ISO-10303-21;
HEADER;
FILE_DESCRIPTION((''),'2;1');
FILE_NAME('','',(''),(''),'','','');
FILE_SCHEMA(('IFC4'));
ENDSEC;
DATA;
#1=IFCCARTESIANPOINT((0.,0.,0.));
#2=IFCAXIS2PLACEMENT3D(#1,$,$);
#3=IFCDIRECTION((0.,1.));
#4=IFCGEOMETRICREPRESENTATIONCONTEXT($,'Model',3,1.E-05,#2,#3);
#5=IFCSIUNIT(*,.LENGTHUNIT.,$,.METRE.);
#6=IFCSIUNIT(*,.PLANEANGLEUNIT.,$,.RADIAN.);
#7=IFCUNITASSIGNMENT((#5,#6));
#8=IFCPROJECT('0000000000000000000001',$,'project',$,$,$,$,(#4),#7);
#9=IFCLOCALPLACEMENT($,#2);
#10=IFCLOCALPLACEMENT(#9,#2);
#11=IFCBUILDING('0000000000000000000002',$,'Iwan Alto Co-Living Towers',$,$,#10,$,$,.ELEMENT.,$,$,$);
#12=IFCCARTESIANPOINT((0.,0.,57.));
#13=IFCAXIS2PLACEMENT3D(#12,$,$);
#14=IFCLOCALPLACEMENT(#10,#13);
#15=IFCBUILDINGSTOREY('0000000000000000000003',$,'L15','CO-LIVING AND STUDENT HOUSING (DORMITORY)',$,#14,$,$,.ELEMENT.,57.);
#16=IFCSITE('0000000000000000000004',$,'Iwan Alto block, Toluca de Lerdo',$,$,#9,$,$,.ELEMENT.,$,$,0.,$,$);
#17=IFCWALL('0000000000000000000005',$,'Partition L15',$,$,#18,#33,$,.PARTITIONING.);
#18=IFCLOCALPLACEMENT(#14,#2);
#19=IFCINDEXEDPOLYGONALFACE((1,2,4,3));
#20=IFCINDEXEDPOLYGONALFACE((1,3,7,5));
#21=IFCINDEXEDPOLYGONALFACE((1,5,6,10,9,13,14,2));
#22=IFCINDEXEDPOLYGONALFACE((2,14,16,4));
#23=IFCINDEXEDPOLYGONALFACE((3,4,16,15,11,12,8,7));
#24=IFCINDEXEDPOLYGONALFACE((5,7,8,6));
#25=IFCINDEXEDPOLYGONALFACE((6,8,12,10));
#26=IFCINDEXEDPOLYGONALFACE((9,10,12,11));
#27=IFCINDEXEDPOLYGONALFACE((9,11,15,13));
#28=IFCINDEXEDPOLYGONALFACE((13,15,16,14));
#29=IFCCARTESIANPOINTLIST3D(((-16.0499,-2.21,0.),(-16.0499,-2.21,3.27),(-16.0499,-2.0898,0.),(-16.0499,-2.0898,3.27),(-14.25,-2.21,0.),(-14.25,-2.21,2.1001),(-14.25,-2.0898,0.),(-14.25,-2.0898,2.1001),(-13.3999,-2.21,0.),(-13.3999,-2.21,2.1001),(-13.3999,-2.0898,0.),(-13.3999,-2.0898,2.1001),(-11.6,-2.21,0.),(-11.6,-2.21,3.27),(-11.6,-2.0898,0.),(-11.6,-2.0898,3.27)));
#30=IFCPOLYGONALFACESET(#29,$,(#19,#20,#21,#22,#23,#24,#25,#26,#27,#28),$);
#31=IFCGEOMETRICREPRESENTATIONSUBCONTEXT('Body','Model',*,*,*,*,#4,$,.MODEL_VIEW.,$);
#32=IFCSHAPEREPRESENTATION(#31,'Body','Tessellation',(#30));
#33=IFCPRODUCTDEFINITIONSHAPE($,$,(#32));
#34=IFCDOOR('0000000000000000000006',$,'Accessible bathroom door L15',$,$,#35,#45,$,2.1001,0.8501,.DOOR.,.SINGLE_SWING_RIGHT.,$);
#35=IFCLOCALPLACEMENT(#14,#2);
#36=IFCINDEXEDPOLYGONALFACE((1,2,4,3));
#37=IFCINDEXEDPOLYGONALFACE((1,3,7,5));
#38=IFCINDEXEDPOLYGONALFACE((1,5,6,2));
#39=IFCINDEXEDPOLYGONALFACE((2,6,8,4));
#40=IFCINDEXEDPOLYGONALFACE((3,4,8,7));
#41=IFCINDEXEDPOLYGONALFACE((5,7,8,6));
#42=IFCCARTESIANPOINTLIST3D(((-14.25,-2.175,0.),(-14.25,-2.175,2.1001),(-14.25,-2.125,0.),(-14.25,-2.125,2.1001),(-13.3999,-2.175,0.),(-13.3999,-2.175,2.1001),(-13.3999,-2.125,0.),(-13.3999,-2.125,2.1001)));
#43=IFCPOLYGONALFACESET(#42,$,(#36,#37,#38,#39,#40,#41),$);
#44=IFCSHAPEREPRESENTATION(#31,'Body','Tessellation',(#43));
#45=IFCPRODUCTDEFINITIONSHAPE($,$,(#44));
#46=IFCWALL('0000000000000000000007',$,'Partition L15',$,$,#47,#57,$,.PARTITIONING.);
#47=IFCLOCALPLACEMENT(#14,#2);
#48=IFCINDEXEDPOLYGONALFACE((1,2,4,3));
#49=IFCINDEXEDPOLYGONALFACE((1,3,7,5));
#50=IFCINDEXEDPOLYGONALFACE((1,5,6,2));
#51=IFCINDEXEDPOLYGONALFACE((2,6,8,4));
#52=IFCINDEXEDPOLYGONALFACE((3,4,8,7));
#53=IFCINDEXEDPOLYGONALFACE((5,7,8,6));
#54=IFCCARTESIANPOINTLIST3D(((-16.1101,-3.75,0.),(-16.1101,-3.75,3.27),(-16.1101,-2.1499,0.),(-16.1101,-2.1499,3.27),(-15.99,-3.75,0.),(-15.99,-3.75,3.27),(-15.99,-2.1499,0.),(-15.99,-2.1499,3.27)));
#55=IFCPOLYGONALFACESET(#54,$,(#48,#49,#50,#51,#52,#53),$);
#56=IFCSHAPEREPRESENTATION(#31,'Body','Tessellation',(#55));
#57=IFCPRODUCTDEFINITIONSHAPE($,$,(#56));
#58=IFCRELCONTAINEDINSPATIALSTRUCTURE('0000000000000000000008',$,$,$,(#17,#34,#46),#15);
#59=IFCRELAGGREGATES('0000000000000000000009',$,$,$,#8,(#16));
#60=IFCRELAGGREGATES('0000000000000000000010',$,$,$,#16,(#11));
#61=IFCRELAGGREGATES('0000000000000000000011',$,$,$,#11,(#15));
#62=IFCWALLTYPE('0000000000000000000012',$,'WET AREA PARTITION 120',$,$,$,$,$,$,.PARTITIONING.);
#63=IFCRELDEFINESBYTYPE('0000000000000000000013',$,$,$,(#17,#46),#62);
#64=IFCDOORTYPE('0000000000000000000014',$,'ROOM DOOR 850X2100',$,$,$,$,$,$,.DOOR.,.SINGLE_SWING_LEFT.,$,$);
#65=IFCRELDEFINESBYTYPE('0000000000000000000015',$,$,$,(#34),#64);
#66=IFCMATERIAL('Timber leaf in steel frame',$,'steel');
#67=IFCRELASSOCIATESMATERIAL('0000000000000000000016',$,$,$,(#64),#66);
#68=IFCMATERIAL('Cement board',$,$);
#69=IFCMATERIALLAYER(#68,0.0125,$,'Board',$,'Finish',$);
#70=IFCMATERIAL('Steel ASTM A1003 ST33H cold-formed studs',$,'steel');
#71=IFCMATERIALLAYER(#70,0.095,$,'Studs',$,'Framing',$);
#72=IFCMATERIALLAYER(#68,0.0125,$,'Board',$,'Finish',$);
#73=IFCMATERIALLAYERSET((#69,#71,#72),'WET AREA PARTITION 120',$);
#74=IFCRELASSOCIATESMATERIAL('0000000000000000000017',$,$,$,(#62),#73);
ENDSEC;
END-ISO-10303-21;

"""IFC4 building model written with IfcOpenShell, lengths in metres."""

from ifc_helpers import new_model, si_unit, direction, frame, frame_2d, origin, place, context, subcontext, project, spatial, rectangle, extrude, material, layer, layer_set, type_object, element, fill, save


model = new_model("IFC4")

# Units and contexts
model_context = context("Model", 3, precision=1e-05, world=origin(), true_north=direction((0.0, 1.0)))
body_context = subcontext(model_context, "Body", "Model", "MODEL_VIEW")
ifc_project = project(units=[si_unit("LENGTHUNIT", "METRE"), si_unit("PLANEANGLEUNIT", "RADIAN")], contexts=[model_context])

# Site, building, storey
site_placement = place(None, origin())
site = spatial("IfcSite", under=ifc_project, at=site_placement, Name="Iwan Alto block, Toluca de Lerdo", CompositionType="ELEMENT", RefElevation=0.0)
building_placement = place(site_placement, origin())
building = spatial("IfcBuilding", under=site, at=building_placement, Name="Iwan Alto Co-Living Towers", CompositionType="ELEMENT")
storey_placement = place(building_placement, frame((0.0, 0.0, 57.0)))
storey = spatial("IfcBuildingStorey", under=building, at=storey_placement, Name="L15", Description="CO-LIVING AND STUDENT HOUSING (DORMITORY)", CompositionType="ELEMENT", Elevation=57.0)

# Shared definitions
ifc_material_1 = material(Name="Steel ASTM A1003 ST33H cold-formed studs", Category="steel")
ifc_material_2 = material(Name="Timber leaf in steel frame", Category="steel")
door_type_1 = type_object("IfcDoorType", Name="ROOM DOOR 850X2100", OperationType="SINGLE_SWING_LEFT", PredefinedType="DOOR", material=ifc_material_2)

# Shared definitions
ifc_material_3 = material(Name="Cement board")
ifc_layer_1 = layer(ifc_material_3, 0.0125, Name="Board", Category="Finish")
ifc_layer_2 = layer(ifc_material_1, 0.095, Name="Studs", Category="Framing")
ifc_layer_3 = layer(ifc_material_3, 0.0125, Name="Board", Category="Finish")
ifc_layer_set_1 = layer_set([ifc_layer_1, ifc_layer_2, ifc_layer_3], Name="WET AREA PARTITION 120")
wall_type_1 = type_object("IfcWallType", Name="WET AREA PARTITION 120", PredefinedType="PARTITIONING", material=ifc_layer_set_1)

# Wall, opening, door
wall_1_placement = place(storey_placement, frame((-16.05, -2.1499, 0.0), z_axis=(0.0, 0.0, 1.0), x_axis=(1.0, 0.0, 0.0)))
wall_1 = element("IfcWall", 1, at=wall_1_placement, inside=storey, type_object=wall_type_1, Name="Partition L15", PredefinedType="PARTITIONING", context=body_context, shape_type="SweptSolid", body=[
    extrude(rectangle(XDim=4.45, YDim=0.1201, at=frame_2d((2.2251, 0.0))), origin(), (0.0, 0.0, 1.0), 3.27),
])
opening_1_placement = place(wall_1_placement, frame((1.8, 0.0, 0.0)))
opening_1 = element("IfcOpeningElement", 2, at=opening_1_placement, cuts=wall_1, PredefinedType="OPENING", context=body_context, shape_type="SweptSolid", body=[
    extrude(rectangle(XDim=0.8501, YDim=2.1001, at=frame_2d((0.425, 1.05))), frame((0.0, 0.0701, 0.0), z_axis=(0.0, -1.0, 0.0), x_axis=(1.0, 0.0, 0.0)), (0.0, 0.0, 1.0), 0.1401),
])
door_1_placement = place(opening_1_placement, origin())
door_1 = element("IfcDoor", 3, at=door_1_placement, inside=storey, type_object=door_type_1, Name="Accessible bathroom door L15", OperationType="SINGLE_SWING_RIGHT", OverallHeight=2.1001, OverallWidth=0.8501, PredefinedType="DOOR", context=body_context, shape_type="SweptSolid", body=[
    extrude(rectangle(XDim=0.8501, YDim=2.1001, at=frame_2d((0.425, 1.05))), frame((0.0, 0.0249, 0.0), z_axis=(0.0, -1.0, 0.0), x_axis=(1.0, 0.0, 0.0)), (0.0, 0.0, 1.0), 0.05),
])
fill(opening_1, door_1)

# Wall
wall_2_placement = place(storey_placement, frame((-16.05, -3.75, 0.0), z_axis=(0.0, 0.0, 1.0), x_axis=(0.0, 1.0, 0.0)))
element("IfcWall", 4, at=wall_2_placement, inside=storey, type_object=wall_type_1, Name="Partition L15", PredefinedType="PARTITIONING", context=body_context, shape_type="SweptSolid", body=[
    extrude(rectangle(XDim=1.6001, YDim=0.1201, at=frame_2d((0.8, 0.0))), origin(), (0.0, 0.0, 1.0), 3.27),
])

save(model, "model.ifc")
